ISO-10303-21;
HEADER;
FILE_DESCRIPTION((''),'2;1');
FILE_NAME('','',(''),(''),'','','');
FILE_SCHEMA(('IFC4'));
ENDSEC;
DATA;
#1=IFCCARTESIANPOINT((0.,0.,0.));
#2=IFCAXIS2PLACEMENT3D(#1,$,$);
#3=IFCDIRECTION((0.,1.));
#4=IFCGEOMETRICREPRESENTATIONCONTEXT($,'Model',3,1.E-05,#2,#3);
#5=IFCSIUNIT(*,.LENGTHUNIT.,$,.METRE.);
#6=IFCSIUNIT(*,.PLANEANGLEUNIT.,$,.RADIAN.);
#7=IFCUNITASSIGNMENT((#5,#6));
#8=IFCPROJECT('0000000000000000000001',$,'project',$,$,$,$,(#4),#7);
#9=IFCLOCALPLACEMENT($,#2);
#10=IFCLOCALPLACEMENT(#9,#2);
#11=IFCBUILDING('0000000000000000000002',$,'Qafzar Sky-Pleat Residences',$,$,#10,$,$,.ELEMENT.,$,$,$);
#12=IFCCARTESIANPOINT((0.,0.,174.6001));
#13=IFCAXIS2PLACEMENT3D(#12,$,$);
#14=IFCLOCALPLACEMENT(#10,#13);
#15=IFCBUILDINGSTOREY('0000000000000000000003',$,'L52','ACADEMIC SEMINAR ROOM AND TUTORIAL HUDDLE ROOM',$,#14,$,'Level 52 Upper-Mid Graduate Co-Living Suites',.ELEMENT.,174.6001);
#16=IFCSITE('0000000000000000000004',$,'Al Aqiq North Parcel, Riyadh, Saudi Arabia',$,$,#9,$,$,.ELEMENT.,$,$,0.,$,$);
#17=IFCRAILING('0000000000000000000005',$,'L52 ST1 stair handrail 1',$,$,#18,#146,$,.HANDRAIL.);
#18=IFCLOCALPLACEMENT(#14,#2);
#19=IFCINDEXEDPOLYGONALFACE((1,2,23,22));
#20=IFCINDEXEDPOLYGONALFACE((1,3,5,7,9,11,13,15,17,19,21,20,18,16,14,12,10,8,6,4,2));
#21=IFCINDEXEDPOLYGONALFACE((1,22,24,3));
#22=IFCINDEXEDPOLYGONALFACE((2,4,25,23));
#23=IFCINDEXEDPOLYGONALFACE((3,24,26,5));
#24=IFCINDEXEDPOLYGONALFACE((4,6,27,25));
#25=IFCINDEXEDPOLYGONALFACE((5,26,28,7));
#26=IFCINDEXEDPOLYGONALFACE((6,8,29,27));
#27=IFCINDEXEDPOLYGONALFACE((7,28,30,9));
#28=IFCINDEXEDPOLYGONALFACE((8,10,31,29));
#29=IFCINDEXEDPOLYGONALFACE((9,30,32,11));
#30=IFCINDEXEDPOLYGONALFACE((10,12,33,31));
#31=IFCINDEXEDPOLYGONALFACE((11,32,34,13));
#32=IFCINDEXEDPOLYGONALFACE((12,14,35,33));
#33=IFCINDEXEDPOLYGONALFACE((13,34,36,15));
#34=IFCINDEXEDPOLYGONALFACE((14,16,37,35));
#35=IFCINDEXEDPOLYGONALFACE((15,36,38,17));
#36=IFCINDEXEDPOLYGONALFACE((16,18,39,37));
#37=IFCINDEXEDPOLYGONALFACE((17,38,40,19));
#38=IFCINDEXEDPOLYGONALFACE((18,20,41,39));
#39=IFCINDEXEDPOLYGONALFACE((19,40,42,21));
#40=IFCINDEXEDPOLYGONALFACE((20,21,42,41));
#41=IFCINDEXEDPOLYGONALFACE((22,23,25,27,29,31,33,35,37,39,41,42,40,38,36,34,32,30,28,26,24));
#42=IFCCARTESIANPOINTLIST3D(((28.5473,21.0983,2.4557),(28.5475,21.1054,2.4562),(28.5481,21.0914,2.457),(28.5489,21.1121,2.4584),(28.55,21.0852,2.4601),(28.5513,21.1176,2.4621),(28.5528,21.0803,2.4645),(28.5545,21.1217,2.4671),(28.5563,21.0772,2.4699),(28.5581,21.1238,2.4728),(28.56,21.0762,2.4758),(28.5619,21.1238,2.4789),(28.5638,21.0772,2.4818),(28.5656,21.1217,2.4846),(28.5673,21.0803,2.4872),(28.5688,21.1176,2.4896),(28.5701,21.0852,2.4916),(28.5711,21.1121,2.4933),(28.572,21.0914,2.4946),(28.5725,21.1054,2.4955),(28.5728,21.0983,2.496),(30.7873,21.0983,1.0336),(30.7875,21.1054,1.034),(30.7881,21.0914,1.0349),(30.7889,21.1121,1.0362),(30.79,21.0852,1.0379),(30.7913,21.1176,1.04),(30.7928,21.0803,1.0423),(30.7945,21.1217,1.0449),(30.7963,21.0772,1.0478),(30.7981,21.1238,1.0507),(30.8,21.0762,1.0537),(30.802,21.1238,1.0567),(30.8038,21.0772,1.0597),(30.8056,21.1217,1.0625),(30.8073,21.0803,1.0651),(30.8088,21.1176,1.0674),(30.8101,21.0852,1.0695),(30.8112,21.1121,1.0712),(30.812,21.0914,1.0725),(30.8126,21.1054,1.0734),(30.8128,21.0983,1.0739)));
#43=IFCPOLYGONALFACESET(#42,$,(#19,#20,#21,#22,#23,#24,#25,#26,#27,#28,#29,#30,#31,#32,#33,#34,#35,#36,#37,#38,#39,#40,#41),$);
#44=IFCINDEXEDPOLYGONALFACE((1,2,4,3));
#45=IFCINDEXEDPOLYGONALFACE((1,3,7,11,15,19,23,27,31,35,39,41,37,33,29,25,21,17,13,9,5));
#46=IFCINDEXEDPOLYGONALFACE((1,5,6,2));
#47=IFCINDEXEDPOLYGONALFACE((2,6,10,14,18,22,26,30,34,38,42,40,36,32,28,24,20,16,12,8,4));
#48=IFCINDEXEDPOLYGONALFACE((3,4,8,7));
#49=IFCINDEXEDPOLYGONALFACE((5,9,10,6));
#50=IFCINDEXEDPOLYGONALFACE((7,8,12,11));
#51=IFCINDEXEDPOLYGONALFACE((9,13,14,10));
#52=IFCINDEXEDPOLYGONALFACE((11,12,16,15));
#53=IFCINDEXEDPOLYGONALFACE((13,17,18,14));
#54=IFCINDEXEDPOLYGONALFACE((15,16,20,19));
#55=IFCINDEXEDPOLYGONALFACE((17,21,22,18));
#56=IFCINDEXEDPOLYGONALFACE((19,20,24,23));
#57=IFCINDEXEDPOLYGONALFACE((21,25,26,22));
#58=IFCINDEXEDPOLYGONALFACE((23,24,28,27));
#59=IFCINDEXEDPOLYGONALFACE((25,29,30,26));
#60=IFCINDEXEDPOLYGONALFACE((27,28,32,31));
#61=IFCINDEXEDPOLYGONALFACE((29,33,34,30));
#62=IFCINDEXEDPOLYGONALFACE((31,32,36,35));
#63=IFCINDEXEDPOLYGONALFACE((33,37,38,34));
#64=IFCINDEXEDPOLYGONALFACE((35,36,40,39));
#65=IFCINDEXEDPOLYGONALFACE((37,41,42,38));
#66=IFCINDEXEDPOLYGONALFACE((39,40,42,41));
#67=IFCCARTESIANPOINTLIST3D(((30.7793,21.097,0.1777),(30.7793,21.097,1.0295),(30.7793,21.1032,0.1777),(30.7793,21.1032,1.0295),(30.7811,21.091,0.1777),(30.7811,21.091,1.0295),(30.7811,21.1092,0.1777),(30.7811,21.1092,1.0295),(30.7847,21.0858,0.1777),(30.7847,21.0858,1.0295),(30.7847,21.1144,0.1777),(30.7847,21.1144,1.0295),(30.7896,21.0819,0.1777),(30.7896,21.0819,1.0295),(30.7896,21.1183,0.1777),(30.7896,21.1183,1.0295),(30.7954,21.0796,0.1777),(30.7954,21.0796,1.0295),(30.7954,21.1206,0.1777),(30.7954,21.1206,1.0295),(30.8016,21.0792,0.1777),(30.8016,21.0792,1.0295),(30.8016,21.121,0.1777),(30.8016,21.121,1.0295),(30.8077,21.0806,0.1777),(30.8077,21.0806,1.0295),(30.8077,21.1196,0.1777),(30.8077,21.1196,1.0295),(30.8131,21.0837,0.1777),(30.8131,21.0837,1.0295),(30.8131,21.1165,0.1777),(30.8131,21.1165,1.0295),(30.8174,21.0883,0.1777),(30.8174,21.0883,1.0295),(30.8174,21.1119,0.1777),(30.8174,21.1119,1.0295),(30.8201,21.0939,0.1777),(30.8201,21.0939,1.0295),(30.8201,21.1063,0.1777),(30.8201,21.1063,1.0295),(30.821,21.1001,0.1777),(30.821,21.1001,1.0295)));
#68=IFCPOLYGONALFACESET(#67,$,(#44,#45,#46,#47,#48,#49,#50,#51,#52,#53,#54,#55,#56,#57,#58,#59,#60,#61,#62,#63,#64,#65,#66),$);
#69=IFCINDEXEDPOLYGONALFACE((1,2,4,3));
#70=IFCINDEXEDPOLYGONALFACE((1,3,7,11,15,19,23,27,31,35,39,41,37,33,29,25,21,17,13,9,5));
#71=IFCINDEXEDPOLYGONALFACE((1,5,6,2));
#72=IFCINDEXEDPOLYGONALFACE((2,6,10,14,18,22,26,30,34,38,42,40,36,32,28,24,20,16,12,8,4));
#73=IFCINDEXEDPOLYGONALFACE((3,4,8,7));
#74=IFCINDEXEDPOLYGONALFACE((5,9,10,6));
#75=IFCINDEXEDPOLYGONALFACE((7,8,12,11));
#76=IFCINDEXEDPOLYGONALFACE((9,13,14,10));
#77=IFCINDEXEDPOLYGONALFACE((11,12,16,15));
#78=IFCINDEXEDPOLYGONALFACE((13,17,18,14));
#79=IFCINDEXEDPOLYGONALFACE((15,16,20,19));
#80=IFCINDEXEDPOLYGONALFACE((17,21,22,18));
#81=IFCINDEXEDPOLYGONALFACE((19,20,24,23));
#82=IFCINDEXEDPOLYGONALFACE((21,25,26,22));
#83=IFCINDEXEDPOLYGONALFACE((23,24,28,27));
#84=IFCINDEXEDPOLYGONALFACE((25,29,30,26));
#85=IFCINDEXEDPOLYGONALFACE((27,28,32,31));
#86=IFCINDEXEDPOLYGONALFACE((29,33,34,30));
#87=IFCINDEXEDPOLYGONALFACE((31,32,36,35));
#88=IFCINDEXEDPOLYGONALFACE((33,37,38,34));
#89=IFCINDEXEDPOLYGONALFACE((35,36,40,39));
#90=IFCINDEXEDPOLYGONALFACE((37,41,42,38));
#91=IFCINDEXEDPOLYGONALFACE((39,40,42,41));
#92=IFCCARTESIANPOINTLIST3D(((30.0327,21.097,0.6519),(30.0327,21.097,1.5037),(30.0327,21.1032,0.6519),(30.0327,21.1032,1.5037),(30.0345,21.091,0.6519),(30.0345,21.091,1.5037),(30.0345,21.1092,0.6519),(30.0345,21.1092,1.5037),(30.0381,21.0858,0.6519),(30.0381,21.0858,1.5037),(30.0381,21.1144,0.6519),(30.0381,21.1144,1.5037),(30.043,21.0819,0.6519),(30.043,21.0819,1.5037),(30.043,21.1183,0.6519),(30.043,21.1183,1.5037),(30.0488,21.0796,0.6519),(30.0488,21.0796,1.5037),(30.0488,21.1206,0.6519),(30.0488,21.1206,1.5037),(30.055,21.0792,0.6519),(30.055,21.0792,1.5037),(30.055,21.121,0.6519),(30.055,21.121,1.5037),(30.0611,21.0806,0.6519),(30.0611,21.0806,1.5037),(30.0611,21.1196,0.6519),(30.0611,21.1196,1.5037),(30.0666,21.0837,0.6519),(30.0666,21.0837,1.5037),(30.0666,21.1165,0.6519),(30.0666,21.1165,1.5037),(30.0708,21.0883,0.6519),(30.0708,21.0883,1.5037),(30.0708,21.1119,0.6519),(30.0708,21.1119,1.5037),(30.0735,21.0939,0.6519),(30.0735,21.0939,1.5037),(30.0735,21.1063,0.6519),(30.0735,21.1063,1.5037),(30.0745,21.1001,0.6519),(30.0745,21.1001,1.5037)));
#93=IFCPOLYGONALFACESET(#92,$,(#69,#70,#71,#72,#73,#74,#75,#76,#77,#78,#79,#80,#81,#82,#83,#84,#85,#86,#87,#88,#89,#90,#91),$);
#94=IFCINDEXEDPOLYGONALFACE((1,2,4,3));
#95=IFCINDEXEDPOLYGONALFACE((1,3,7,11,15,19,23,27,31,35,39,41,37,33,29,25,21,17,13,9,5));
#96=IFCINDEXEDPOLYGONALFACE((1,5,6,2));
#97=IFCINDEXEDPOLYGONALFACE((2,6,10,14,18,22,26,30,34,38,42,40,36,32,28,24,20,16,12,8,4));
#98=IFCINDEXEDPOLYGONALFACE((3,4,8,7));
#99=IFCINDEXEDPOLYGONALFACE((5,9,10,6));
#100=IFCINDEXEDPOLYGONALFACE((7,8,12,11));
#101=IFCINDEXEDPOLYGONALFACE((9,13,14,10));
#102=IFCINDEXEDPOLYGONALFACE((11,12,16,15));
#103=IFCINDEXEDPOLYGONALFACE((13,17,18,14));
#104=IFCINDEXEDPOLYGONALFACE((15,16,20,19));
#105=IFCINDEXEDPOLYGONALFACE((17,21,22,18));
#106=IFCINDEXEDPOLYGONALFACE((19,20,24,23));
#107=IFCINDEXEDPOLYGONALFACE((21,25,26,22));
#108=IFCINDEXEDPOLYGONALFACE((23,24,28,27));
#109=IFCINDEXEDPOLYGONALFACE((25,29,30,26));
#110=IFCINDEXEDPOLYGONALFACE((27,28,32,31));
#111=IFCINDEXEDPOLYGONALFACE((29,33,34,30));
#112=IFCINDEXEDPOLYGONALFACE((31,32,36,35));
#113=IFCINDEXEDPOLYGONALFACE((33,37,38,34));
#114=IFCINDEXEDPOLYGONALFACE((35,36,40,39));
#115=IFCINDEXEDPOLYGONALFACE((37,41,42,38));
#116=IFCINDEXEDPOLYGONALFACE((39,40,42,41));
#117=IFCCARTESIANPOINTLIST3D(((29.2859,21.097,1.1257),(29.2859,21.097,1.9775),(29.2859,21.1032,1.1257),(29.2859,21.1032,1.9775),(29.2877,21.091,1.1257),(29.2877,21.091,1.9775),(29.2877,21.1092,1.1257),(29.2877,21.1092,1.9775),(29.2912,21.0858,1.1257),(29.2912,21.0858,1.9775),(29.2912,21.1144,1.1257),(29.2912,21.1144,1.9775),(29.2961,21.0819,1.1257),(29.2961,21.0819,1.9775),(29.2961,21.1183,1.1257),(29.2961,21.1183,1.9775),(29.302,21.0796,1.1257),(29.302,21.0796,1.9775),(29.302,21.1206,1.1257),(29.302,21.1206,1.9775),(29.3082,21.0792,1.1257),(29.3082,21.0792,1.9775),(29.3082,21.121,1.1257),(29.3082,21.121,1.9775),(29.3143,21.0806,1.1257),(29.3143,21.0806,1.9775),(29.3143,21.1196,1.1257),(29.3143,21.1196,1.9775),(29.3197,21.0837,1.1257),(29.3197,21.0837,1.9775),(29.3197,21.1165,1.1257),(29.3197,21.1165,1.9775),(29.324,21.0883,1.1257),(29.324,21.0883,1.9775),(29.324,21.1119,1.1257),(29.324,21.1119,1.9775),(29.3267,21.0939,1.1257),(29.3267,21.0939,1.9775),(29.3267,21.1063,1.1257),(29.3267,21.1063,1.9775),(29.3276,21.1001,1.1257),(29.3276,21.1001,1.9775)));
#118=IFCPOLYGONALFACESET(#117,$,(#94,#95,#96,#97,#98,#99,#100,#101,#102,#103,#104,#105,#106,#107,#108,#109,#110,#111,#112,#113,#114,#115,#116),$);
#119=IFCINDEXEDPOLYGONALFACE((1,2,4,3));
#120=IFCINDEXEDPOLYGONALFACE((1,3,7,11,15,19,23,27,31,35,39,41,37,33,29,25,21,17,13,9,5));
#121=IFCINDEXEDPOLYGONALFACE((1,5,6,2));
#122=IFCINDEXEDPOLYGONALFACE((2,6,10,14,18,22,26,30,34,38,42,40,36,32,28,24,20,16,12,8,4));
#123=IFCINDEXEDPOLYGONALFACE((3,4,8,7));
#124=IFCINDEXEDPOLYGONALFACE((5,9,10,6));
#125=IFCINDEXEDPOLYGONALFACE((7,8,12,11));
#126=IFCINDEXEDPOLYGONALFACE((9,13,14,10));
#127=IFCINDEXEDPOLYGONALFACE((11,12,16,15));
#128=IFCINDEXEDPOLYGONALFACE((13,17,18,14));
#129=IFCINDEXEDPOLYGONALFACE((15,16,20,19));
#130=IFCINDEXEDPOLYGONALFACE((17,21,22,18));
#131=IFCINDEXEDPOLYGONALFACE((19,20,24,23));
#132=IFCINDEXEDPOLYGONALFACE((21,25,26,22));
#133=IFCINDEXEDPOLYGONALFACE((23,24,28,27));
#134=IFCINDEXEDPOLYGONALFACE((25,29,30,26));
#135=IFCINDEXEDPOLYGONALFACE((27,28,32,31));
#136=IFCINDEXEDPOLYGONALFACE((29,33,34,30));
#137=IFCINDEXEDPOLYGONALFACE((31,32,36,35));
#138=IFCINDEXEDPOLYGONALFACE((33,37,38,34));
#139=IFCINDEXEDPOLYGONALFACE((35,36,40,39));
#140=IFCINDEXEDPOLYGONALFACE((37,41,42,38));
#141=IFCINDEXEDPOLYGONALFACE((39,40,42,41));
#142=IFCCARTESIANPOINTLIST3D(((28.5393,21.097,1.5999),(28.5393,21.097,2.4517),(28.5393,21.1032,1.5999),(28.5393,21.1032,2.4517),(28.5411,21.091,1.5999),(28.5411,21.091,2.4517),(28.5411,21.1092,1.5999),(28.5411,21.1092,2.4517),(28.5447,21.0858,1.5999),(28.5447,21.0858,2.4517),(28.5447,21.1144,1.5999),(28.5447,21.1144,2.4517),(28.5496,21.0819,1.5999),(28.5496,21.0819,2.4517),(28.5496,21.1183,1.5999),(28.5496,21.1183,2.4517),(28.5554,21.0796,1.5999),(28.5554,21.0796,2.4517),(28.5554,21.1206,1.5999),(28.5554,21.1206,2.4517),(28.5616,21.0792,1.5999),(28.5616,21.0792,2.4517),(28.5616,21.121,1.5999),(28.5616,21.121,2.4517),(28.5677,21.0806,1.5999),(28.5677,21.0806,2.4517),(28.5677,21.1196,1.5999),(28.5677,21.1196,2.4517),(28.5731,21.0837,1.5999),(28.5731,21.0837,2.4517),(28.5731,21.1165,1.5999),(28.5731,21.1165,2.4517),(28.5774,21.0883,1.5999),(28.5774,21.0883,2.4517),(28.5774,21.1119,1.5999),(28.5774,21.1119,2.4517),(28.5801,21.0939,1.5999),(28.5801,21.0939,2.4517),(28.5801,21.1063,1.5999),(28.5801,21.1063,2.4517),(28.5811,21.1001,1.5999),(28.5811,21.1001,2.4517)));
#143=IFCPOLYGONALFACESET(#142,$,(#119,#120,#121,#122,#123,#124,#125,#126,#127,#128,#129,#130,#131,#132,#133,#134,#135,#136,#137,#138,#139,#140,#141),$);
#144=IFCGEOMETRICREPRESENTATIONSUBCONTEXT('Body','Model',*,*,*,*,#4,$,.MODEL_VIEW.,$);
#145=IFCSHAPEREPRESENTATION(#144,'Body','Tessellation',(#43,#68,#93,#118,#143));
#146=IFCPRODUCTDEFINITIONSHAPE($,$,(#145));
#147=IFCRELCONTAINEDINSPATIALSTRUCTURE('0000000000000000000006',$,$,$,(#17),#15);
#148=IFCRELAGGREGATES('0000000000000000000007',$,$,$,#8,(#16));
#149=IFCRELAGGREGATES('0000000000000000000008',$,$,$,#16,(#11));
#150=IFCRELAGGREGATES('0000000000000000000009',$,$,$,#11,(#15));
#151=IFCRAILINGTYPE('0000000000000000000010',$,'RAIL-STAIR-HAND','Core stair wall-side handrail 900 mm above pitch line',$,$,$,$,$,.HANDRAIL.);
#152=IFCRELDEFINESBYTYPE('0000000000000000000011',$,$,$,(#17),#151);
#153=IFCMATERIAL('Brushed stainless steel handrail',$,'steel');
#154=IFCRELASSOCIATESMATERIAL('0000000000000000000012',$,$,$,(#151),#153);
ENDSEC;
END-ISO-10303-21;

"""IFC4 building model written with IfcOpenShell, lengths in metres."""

from ifc_helpers import new_model, si_unit, direction, frame, origin, origin_2d, place, context, subcontext, project, spatial, circle, extrude, source, transform, mapped, material, type_object, element, save


model = new_model("IFC4")

# Units and contexts
model_context = context("Model", 3, precision=1e-05, world=origin(), true_north=direction((0.0, 1.0)))
body_context = subcontext(model_context, "Body", "Model", "MODEL_VIEW")
ifc_project = project(units=[si_unit("LENGTHUNIT", "METRE"), si_unit("PLANEANGLEUNIT", "RADIAN")], contexts=[model_context])

# Site, building, storey
site_placement = place(None, origin())
site = spatial("IfcSite", under=ifc_project, at=site_placement, Name="Al Aqiq North Parcel, Riyadh, Saudi Arabia", CompositionType="ELEMENT", RefElevation=0.0)
building_placement = place(site_placement, origin())
building = spatial("IfcBuilding", under=site, at=building_placement, Name="Qafzar Sky-Pleat Residences", CompositionType="ELEMENT")
storey_placement = place(building_placement, frame((0.0, 0.0, 174.6001)))
storey = spatial("IfcBuildingStorey", under=building, at=storey_placement, Name="L52", Description="ACADEMIC SEMINAR ROOM AND TUTORIAL HUDDLE ROOM", LongName="Level 52 Upper-Mid Graduate Co-Living Suites", CompositionType="ELEMENT", Elevation=174.6001)

# Railing
ifc_material_1 = material(Name="Brushed stainless steel handrail", Category="steel")
railing_type_1 = type_object("IfcRailingType", Name="RAIL-STAIR-HAND", Description="Core stair wall-side handrail 900 mm above pitch line", PredefinedType="HANDRAIL", material=ifc_material_1)
shared_shape_1 = source(origin(), body_context, "Body", "SweptSolid", [
    extrude(circle(Radius=0.0239, at=origin_2d()), frame((0.0, 0.0, 0.876), z_axis=(-0.844229, 0.0, 0.535982), x_axis=(0.0, -1.0, 0.0)), (0.0, 0.0, 1.0), 2.6533),
    extrude(circle(Radius=0.021, at=origin_2d()), origin(), (0.0, 0.0, 1.0), 0.8518),
    extrude(circle(Radius=0.021, at=origin_2d()), frame((-0.7466, 0.0, 0.4741)), (0.0, 0.0, 1.0), 0.8518),
    extrude(circle(Radius=0.021, at=origin_2d()), frame((-1.4934, 0.0, 0.948)), (0.0, 0.0, 1.0), 0.8518),
    extrude(circle(Radius=0.021, at=origin_2d()), frame((-2.24, 0.0, 1.4221)), (0.0, 0.0, 1.0), 0.8518),
])
railing_1_placement = place(storey_placement, frame((30.8, 21.1001, 0.1777)))
element("IfcRailing", 1, at=railing_1_placement, inside=storey, type_object=railing_type_1, Name="L52 ST1 stair handrail 1", PredefinedType="HANDRAIL", context=body_context, shape_type="MappedRepresentation", body=[
    mapped(shared_shape_1, transform((0.0, 0.0, 0.0), x_axis=(1.0, 0.0, 0.0), y_axis=(0.0, 1.0, 0.0), z_axis=(0.0, 0.0, 1.0), scale=1.0)),
])

save(model, "model.ifc")
